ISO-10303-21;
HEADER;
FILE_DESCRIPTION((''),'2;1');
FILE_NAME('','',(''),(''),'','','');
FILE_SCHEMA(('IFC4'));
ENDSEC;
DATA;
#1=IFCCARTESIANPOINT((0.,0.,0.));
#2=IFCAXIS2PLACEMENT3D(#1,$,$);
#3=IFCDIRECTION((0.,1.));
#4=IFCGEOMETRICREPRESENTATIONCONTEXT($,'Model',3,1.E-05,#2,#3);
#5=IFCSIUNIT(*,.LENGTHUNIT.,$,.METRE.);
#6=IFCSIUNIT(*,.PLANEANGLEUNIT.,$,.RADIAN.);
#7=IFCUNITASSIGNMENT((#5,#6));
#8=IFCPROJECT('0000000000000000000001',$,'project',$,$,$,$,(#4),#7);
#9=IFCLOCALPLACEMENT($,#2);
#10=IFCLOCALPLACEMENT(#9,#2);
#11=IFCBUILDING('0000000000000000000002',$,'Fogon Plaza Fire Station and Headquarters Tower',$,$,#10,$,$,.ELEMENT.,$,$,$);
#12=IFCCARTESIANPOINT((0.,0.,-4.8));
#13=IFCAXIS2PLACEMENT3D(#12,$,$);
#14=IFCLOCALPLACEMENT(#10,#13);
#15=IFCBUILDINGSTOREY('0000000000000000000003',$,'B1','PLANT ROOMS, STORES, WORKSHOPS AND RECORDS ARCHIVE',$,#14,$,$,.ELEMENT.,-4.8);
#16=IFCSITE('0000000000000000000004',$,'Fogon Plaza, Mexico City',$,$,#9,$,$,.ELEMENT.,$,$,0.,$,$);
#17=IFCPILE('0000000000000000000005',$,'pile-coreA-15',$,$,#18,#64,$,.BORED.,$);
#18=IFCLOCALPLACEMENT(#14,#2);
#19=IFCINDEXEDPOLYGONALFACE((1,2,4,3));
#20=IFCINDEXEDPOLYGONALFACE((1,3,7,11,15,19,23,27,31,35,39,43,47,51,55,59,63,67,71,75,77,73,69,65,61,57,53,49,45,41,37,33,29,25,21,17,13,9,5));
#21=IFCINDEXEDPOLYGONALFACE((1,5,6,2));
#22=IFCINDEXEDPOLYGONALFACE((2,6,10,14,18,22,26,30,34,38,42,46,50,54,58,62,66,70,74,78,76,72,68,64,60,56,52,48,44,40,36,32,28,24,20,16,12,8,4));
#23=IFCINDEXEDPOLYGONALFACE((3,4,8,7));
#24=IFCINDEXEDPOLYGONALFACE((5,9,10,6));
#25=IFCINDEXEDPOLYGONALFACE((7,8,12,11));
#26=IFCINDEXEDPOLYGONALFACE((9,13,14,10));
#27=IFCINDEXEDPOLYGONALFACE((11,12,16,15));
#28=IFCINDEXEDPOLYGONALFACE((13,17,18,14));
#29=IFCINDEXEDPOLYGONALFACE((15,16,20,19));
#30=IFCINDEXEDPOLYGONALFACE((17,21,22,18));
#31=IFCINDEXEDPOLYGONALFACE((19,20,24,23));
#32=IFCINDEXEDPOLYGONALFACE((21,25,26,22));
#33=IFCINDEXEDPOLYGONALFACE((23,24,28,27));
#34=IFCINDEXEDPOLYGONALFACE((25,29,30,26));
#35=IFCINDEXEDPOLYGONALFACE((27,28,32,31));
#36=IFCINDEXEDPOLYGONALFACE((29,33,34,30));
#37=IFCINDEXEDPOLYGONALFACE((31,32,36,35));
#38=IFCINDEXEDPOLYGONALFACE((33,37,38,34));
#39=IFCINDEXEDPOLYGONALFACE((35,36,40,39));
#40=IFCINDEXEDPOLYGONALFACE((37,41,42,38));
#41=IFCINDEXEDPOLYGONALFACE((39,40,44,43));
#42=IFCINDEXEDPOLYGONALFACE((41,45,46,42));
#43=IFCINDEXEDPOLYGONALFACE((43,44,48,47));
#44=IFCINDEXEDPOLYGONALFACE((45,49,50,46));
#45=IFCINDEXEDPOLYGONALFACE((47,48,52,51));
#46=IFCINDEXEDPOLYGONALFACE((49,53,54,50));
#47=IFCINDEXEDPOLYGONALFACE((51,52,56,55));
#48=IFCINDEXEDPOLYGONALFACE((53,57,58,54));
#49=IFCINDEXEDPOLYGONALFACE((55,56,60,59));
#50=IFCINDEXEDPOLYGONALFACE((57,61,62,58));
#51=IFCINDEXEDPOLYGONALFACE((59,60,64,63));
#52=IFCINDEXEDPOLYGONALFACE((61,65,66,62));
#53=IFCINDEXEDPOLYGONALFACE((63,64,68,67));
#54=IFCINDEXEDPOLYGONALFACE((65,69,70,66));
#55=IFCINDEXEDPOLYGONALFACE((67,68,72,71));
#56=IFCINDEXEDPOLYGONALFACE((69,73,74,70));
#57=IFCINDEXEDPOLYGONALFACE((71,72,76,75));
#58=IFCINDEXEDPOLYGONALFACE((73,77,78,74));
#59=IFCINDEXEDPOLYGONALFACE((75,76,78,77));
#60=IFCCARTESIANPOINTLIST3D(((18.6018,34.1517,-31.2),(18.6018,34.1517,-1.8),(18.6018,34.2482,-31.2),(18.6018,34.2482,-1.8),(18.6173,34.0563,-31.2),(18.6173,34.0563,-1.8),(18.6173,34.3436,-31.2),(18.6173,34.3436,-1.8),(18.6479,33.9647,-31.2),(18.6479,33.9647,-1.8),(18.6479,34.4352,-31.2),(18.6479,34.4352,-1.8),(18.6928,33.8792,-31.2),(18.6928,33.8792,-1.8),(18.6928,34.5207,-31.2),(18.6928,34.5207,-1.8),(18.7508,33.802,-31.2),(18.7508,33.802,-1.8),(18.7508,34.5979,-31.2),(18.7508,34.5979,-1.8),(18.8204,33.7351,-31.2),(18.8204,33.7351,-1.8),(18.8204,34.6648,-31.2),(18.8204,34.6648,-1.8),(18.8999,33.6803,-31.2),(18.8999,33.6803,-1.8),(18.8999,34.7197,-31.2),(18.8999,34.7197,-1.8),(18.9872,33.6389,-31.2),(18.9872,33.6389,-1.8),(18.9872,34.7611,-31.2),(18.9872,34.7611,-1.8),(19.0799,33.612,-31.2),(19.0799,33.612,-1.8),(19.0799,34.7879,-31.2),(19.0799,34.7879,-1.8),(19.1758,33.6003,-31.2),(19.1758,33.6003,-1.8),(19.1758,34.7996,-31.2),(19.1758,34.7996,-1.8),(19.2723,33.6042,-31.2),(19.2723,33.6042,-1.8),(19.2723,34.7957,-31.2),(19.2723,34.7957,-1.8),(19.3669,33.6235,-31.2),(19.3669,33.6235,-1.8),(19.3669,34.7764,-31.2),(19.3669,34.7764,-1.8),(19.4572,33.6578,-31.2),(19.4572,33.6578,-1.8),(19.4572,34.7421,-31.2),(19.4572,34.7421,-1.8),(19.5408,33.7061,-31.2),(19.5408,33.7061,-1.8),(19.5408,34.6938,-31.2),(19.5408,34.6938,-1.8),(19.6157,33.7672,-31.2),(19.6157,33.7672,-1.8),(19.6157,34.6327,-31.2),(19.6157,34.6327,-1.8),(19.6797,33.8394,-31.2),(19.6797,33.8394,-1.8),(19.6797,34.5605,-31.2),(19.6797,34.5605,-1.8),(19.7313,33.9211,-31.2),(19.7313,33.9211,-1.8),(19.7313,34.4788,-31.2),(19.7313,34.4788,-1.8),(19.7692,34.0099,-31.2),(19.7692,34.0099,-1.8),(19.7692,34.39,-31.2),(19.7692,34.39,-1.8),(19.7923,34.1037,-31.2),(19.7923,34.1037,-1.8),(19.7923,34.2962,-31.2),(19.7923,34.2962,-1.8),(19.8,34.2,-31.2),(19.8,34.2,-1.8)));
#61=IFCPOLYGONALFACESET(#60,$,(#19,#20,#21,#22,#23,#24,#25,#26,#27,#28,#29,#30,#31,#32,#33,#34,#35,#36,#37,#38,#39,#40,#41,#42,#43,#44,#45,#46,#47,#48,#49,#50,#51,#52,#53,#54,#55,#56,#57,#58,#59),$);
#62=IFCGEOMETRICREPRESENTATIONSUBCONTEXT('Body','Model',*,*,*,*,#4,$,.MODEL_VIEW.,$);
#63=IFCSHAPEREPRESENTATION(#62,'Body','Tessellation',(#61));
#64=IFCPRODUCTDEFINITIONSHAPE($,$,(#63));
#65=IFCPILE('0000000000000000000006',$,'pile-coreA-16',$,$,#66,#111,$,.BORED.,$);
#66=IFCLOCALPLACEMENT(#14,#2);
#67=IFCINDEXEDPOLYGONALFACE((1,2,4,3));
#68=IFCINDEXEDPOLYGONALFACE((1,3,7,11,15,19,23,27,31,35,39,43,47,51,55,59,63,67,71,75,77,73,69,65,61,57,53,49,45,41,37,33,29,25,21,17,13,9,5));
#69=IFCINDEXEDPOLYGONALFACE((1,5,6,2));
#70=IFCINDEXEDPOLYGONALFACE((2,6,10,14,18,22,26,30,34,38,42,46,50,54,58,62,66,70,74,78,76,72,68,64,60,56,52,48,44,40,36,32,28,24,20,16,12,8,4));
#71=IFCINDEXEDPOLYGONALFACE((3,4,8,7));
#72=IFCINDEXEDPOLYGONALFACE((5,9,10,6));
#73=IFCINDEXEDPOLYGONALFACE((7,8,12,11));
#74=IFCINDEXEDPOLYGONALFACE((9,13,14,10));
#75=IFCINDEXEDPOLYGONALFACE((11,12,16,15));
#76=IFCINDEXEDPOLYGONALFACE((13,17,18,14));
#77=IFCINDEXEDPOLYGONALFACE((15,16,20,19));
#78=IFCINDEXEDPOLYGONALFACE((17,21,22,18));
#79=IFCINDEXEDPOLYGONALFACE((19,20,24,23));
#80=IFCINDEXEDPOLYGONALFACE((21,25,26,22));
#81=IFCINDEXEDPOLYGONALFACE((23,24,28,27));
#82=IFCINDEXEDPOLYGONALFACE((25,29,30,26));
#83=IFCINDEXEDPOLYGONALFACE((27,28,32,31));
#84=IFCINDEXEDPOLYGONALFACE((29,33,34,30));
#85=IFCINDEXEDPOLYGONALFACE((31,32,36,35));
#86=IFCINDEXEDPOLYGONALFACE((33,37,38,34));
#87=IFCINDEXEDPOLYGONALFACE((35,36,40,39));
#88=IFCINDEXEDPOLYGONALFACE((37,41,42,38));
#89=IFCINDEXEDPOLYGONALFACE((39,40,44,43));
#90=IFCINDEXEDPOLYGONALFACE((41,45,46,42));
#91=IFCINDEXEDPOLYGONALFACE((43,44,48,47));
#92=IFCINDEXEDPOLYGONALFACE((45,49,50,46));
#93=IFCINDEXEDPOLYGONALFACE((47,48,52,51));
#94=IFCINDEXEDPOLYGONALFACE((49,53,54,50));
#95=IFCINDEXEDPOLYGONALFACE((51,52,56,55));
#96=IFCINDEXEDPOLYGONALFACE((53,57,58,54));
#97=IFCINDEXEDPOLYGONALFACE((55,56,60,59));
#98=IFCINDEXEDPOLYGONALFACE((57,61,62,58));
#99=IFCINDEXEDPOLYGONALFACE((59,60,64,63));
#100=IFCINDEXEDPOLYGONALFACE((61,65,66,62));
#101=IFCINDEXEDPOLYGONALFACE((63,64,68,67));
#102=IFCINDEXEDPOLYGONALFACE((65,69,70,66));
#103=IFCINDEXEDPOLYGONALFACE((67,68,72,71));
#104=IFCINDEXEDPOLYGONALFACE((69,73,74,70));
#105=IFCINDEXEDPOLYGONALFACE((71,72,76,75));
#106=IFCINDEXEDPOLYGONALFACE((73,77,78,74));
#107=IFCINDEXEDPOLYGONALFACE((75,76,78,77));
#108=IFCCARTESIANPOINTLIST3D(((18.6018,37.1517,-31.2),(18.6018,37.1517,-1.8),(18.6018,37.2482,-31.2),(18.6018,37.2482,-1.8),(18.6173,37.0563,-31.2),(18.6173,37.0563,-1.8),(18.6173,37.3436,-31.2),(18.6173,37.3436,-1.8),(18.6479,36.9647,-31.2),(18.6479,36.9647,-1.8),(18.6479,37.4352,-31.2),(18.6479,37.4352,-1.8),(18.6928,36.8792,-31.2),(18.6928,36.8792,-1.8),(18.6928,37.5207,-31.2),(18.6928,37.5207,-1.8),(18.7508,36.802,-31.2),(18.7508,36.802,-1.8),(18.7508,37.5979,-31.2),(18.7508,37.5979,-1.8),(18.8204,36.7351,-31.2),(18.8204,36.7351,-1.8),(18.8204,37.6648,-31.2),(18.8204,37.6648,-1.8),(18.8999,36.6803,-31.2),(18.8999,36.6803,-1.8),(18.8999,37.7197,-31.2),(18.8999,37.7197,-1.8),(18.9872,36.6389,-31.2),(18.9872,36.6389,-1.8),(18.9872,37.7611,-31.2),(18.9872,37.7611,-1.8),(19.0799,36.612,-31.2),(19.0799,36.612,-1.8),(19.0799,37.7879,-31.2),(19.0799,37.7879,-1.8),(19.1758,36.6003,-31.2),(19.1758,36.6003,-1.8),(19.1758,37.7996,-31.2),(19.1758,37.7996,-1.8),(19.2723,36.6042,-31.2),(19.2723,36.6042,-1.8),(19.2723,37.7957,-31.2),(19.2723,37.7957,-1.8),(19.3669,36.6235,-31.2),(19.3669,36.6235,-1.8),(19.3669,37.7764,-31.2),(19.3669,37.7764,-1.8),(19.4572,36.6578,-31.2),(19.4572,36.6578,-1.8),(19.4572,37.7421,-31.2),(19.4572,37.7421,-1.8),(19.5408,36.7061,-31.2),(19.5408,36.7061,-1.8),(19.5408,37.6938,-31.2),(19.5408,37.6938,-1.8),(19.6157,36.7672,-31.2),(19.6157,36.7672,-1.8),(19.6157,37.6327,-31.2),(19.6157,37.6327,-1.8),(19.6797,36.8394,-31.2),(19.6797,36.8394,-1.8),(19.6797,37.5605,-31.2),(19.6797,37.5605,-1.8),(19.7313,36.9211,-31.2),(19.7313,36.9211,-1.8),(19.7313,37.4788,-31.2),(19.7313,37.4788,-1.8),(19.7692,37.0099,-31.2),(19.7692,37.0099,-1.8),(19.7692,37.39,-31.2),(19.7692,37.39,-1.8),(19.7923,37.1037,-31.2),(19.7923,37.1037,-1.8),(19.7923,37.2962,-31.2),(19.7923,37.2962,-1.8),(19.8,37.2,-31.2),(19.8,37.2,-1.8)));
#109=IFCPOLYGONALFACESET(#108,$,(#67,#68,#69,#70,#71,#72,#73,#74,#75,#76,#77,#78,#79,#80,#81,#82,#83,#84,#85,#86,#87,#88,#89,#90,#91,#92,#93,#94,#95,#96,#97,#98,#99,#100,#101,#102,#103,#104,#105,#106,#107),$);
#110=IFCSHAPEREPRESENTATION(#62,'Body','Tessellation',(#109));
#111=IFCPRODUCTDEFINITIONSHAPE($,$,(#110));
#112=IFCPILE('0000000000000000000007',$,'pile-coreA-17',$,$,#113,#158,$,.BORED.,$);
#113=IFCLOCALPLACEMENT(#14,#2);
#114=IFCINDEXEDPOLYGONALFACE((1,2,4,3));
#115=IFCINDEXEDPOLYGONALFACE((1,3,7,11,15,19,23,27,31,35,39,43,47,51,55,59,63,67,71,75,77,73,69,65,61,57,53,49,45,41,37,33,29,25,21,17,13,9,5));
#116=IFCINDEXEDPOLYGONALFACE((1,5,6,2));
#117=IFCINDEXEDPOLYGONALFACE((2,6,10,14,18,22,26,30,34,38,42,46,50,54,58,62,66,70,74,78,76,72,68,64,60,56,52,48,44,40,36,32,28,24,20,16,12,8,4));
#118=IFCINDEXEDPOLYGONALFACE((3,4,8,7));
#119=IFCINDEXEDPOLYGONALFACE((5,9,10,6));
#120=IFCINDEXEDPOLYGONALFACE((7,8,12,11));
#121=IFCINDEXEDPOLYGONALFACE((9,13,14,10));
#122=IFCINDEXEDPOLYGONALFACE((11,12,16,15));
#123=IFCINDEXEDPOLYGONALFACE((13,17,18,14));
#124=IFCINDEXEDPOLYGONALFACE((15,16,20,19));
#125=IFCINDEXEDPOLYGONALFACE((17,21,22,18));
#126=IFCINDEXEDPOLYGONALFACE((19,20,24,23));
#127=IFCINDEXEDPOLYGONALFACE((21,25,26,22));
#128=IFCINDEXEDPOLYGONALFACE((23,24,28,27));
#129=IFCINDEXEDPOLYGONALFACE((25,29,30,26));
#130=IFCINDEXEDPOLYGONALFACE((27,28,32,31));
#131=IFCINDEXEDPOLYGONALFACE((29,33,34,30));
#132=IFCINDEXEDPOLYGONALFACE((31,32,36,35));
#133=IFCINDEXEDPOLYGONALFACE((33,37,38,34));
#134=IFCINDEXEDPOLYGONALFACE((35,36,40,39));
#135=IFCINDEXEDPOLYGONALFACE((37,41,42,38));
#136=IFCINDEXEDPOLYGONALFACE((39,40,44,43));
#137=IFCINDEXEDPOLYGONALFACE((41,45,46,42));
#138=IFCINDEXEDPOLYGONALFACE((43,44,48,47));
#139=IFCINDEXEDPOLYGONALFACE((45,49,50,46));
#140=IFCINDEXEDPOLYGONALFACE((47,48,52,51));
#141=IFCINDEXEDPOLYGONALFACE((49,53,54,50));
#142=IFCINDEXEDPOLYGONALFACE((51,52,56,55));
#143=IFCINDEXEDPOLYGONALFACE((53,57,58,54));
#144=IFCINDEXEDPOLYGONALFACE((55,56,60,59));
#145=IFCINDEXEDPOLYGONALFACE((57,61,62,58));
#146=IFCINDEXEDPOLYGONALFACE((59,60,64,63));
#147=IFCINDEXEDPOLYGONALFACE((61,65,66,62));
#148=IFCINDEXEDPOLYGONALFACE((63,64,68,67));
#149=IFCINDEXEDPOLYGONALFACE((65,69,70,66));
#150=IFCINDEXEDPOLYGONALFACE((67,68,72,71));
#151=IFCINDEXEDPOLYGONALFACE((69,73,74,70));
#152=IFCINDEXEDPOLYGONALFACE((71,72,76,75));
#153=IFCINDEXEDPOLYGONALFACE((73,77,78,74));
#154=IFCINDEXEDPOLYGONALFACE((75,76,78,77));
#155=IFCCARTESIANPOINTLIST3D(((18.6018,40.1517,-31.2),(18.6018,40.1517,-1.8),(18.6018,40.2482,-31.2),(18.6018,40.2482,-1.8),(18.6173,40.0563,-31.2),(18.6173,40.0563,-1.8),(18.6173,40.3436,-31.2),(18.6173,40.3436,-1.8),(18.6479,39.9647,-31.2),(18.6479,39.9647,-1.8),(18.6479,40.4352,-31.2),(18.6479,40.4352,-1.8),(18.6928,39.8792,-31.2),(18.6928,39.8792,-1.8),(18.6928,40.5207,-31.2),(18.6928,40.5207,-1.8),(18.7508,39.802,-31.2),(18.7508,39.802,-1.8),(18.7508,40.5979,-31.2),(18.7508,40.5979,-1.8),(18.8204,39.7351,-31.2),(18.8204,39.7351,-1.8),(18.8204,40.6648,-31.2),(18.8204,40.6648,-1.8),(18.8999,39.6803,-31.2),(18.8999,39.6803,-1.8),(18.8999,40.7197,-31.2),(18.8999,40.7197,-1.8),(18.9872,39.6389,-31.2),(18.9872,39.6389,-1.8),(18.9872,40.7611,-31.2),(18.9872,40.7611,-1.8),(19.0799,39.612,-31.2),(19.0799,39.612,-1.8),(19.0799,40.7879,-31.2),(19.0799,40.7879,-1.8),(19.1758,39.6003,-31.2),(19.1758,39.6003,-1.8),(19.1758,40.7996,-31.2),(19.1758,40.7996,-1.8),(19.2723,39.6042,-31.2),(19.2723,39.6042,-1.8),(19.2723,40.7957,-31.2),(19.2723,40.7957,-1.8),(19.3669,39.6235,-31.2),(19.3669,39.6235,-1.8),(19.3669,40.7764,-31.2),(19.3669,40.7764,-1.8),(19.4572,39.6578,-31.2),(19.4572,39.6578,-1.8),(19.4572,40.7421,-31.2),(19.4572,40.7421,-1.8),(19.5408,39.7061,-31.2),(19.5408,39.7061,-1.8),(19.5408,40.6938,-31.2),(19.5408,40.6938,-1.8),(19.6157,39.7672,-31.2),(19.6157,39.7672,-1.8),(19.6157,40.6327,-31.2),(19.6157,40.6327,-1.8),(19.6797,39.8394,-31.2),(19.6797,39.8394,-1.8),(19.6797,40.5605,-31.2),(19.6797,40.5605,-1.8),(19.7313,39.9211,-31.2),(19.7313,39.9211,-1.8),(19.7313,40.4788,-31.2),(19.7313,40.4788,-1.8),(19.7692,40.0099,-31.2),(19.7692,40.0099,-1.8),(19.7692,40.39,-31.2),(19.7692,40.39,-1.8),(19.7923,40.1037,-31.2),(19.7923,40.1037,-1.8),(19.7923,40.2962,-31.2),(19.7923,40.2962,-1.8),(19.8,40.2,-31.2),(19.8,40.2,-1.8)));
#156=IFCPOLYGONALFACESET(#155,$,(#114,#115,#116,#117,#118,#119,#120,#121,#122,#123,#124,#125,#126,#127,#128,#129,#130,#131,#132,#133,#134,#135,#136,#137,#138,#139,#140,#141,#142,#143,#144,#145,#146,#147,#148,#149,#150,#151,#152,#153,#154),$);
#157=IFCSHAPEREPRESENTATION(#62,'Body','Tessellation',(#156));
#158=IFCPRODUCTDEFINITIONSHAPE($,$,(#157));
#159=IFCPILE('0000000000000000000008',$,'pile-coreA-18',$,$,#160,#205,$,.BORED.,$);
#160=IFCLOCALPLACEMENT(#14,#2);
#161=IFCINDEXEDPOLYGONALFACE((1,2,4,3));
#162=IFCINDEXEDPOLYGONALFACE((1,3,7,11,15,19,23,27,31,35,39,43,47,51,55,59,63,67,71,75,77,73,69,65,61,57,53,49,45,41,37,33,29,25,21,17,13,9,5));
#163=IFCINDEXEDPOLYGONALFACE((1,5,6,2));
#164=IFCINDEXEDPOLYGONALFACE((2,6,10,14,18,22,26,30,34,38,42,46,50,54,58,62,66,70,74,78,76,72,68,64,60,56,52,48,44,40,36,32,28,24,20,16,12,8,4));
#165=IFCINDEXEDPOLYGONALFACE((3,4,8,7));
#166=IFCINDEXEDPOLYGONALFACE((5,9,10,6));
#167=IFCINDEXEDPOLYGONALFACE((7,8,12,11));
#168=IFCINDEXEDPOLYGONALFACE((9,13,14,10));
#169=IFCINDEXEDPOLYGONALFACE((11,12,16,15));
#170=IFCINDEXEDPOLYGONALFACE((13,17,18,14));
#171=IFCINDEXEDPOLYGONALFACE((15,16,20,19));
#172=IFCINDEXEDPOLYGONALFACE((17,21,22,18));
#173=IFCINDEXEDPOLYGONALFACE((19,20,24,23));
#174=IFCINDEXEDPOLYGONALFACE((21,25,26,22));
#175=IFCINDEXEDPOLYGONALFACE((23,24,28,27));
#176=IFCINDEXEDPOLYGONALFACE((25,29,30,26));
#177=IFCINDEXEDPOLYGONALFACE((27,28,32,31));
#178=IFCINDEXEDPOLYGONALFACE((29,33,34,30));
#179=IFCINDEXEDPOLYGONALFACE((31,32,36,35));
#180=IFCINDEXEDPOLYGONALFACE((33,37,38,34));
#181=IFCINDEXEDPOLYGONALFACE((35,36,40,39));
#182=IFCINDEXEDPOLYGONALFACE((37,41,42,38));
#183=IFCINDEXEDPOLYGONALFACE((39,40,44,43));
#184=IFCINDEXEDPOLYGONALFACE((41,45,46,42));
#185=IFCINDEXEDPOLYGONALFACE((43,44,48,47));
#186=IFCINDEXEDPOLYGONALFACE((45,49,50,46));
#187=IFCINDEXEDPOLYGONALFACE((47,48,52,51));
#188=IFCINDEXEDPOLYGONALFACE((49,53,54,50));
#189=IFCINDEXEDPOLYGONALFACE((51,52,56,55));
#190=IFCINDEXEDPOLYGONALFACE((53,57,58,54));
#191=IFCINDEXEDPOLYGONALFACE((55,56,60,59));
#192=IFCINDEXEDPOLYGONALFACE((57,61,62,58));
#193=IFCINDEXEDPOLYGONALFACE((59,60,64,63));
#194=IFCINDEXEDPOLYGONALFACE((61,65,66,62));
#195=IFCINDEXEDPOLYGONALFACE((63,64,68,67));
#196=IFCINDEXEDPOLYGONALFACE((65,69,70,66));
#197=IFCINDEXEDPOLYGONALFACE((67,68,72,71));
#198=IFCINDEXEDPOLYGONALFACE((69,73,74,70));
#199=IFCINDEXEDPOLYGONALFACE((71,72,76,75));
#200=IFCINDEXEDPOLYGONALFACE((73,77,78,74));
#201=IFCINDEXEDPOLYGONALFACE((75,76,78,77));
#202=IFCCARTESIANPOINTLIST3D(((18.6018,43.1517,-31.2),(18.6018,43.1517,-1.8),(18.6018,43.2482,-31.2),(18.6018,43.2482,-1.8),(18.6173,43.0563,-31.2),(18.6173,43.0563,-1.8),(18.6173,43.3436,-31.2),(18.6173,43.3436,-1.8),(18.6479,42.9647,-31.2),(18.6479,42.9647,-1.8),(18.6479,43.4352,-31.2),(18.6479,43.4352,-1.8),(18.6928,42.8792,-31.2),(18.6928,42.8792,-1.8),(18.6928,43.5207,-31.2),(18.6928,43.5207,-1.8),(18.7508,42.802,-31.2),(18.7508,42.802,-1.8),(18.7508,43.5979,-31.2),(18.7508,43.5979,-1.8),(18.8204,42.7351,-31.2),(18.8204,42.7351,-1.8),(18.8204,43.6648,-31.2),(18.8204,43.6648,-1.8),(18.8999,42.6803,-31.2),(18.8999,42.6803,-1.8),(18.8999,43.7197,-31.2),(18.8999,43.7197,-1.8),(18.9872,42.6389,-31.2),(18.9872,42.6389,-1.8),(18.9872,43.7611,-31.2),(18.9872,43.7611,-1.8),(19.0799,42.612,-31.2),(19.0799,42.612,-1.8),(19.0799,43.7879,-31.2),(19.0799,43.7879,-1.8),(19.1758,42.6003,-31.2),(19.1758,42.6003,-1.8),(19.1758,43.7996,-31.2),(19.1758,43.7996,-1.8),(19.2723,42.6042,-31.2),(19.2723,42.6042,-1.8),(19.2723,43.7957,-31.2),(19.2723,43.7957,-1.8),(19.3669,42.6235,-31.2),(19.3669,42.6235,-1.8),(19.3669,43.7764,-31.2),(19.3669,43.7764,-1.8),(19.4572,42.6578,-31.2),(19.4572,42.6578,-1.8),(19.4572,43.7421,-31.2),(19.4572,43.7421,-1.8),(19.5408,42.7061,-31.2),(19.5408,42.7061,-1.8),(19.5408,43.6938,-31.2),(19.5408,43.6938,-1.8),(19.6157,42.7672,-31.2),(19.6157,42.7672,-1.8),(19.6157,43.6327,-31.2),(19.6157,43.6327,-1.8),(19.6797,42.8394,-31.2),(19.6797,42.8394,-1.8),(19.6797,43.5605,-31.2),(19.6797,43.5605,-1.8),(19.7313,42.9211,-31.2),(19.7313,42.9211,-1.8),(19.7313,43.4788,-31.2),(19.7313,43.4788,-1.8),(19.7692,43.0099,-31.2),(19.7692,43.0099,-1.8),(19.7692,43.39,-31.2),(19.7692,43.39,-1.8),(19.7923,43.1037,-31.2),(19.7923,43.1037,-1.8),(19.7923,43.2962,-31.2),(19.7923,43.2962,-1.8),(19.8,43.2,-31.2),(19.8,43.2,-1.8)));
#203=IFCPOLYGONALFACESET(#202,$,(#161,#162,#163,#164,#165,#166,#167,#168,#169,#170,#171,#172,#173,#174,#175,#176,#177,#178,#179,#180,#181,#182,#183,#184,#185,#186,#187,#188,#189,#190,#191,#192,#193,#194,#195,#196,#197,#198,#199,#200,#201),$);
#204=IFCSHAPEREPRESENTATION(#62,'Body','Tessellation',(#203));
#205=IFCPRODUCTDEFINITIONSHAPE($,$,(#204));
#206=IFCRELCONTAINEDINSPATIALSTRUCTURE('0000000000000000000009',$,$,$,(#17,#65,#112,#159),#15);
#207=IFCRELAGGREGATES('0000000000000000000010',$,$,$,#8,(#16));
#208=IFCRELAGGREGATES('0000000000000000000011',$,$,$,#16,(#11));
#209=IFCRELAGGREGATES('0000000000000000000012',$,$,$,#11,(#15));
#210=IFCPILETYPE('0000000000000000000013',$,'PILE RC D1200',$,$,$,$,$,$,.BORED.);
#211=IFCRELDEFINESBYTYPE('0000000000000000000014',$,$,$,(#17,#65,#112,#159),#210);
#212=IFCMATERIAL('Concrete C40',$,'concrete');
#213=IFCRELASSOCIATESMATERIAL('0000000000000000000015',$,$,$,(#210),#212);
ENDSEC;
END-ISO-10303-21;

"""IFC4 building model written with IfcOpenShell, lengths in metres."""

from ifc_helpers import new_model, si_unit, direction, frame, origin, origin_2d, place, context, subcontext, project, spatial, circle, extrude, material, material_profile, profile_set, type_object, element, save


model = new_model("IFC4")

# Units and contexts
model_context = context("Model", 3, precision=1e-05, world=origin(), true_north=direction((0.0, 1.0)))
body_context = subcontext(model_context, "Body", "Model", "MODEL_VIEW")
ifc_project = project(units=[si_unit("LENGTHUNIT", "METRE"), si_unit("PLANEANGLEUNIT", "RADIAN")], contexts=[model_context])

# Site, building, storey
site_placement = place(None, origin())
site = spatial("IfcSite", under=ifc_project, at=site_placement, Name="Fogon Plaza, Mexico City", CompositionType="ELEMENT", RefElevation=0.0)
building_placement = place(site_placement, origin())
building = spatial("IfcBuilding", under=site, at=building_placement, Name="Fogon Plaza Fire Station and Headquarters Tower", CompositionType="ELEMENT")
storey_placement = place(building_placement, frame((0.0, 0.0, -4.8)))
storey = spatial("IfcBuildingStorey", under=building, at=storey_placement, Name="B1", Description="PLANT ROOMS, STORES, WORKSHOPS AND RECORDS ARCHIVE", CompositionType="ELEMENT", Elevation=-4.8)

# Piles
ifc_material_1 = material(Name="Concrete C40", Category="concrete")
ifc_material_profile = material_profile(ifc_material_1, circle(Radius=0.6001, at=origin_2d()), Name="RC D1200")
ifc_profile_set = profile_set([ifc_material_profile], Name="Concrete C40")
pile_type = type_object("IfcPileType", Name="PILE RC D1200", PredefinedType="BORED", material=ifc_profile_set)
for number, where, z_axis, x_axis, name in (
    (1, (19.2, 34.2, -1.8), (0.0, 0.0, -1.0), (1.0, 0.0, 0.0), "pile-coreA-15"),
    (2, (19.2, 37.2, -1.8), (0.0, 0.0, -1.0), (1.0, 0.0, 0.0), "pile-coreA-16"),
    (3, (19.2, 40.2, -1.8), (0.0, 0.0, -1.0), (1.0, 0.0, 0.0), "pile-coreA-17"),
    (4, (19.2, 43.2, -1.8), (0.0, 0.0, -1.0), (1.0, 0.0, 0.0), "pile-coreA-18"),
):
    element("IfcPile", number, at=place(storey_placement, frame(where, z_axis=z_axis, x_axis=x_axis)), inside=storey, type_object=pile_type, Name=name, PredefinedType="BORED", context=body_context, shape_type="SweptSolid", body=[
        extrude(circle(Radius=0.6001, at=origin_2d()), origin(), (0.0, 0.0, 1.0), 29.3999),
    ])

save(model, "model.ifc")
